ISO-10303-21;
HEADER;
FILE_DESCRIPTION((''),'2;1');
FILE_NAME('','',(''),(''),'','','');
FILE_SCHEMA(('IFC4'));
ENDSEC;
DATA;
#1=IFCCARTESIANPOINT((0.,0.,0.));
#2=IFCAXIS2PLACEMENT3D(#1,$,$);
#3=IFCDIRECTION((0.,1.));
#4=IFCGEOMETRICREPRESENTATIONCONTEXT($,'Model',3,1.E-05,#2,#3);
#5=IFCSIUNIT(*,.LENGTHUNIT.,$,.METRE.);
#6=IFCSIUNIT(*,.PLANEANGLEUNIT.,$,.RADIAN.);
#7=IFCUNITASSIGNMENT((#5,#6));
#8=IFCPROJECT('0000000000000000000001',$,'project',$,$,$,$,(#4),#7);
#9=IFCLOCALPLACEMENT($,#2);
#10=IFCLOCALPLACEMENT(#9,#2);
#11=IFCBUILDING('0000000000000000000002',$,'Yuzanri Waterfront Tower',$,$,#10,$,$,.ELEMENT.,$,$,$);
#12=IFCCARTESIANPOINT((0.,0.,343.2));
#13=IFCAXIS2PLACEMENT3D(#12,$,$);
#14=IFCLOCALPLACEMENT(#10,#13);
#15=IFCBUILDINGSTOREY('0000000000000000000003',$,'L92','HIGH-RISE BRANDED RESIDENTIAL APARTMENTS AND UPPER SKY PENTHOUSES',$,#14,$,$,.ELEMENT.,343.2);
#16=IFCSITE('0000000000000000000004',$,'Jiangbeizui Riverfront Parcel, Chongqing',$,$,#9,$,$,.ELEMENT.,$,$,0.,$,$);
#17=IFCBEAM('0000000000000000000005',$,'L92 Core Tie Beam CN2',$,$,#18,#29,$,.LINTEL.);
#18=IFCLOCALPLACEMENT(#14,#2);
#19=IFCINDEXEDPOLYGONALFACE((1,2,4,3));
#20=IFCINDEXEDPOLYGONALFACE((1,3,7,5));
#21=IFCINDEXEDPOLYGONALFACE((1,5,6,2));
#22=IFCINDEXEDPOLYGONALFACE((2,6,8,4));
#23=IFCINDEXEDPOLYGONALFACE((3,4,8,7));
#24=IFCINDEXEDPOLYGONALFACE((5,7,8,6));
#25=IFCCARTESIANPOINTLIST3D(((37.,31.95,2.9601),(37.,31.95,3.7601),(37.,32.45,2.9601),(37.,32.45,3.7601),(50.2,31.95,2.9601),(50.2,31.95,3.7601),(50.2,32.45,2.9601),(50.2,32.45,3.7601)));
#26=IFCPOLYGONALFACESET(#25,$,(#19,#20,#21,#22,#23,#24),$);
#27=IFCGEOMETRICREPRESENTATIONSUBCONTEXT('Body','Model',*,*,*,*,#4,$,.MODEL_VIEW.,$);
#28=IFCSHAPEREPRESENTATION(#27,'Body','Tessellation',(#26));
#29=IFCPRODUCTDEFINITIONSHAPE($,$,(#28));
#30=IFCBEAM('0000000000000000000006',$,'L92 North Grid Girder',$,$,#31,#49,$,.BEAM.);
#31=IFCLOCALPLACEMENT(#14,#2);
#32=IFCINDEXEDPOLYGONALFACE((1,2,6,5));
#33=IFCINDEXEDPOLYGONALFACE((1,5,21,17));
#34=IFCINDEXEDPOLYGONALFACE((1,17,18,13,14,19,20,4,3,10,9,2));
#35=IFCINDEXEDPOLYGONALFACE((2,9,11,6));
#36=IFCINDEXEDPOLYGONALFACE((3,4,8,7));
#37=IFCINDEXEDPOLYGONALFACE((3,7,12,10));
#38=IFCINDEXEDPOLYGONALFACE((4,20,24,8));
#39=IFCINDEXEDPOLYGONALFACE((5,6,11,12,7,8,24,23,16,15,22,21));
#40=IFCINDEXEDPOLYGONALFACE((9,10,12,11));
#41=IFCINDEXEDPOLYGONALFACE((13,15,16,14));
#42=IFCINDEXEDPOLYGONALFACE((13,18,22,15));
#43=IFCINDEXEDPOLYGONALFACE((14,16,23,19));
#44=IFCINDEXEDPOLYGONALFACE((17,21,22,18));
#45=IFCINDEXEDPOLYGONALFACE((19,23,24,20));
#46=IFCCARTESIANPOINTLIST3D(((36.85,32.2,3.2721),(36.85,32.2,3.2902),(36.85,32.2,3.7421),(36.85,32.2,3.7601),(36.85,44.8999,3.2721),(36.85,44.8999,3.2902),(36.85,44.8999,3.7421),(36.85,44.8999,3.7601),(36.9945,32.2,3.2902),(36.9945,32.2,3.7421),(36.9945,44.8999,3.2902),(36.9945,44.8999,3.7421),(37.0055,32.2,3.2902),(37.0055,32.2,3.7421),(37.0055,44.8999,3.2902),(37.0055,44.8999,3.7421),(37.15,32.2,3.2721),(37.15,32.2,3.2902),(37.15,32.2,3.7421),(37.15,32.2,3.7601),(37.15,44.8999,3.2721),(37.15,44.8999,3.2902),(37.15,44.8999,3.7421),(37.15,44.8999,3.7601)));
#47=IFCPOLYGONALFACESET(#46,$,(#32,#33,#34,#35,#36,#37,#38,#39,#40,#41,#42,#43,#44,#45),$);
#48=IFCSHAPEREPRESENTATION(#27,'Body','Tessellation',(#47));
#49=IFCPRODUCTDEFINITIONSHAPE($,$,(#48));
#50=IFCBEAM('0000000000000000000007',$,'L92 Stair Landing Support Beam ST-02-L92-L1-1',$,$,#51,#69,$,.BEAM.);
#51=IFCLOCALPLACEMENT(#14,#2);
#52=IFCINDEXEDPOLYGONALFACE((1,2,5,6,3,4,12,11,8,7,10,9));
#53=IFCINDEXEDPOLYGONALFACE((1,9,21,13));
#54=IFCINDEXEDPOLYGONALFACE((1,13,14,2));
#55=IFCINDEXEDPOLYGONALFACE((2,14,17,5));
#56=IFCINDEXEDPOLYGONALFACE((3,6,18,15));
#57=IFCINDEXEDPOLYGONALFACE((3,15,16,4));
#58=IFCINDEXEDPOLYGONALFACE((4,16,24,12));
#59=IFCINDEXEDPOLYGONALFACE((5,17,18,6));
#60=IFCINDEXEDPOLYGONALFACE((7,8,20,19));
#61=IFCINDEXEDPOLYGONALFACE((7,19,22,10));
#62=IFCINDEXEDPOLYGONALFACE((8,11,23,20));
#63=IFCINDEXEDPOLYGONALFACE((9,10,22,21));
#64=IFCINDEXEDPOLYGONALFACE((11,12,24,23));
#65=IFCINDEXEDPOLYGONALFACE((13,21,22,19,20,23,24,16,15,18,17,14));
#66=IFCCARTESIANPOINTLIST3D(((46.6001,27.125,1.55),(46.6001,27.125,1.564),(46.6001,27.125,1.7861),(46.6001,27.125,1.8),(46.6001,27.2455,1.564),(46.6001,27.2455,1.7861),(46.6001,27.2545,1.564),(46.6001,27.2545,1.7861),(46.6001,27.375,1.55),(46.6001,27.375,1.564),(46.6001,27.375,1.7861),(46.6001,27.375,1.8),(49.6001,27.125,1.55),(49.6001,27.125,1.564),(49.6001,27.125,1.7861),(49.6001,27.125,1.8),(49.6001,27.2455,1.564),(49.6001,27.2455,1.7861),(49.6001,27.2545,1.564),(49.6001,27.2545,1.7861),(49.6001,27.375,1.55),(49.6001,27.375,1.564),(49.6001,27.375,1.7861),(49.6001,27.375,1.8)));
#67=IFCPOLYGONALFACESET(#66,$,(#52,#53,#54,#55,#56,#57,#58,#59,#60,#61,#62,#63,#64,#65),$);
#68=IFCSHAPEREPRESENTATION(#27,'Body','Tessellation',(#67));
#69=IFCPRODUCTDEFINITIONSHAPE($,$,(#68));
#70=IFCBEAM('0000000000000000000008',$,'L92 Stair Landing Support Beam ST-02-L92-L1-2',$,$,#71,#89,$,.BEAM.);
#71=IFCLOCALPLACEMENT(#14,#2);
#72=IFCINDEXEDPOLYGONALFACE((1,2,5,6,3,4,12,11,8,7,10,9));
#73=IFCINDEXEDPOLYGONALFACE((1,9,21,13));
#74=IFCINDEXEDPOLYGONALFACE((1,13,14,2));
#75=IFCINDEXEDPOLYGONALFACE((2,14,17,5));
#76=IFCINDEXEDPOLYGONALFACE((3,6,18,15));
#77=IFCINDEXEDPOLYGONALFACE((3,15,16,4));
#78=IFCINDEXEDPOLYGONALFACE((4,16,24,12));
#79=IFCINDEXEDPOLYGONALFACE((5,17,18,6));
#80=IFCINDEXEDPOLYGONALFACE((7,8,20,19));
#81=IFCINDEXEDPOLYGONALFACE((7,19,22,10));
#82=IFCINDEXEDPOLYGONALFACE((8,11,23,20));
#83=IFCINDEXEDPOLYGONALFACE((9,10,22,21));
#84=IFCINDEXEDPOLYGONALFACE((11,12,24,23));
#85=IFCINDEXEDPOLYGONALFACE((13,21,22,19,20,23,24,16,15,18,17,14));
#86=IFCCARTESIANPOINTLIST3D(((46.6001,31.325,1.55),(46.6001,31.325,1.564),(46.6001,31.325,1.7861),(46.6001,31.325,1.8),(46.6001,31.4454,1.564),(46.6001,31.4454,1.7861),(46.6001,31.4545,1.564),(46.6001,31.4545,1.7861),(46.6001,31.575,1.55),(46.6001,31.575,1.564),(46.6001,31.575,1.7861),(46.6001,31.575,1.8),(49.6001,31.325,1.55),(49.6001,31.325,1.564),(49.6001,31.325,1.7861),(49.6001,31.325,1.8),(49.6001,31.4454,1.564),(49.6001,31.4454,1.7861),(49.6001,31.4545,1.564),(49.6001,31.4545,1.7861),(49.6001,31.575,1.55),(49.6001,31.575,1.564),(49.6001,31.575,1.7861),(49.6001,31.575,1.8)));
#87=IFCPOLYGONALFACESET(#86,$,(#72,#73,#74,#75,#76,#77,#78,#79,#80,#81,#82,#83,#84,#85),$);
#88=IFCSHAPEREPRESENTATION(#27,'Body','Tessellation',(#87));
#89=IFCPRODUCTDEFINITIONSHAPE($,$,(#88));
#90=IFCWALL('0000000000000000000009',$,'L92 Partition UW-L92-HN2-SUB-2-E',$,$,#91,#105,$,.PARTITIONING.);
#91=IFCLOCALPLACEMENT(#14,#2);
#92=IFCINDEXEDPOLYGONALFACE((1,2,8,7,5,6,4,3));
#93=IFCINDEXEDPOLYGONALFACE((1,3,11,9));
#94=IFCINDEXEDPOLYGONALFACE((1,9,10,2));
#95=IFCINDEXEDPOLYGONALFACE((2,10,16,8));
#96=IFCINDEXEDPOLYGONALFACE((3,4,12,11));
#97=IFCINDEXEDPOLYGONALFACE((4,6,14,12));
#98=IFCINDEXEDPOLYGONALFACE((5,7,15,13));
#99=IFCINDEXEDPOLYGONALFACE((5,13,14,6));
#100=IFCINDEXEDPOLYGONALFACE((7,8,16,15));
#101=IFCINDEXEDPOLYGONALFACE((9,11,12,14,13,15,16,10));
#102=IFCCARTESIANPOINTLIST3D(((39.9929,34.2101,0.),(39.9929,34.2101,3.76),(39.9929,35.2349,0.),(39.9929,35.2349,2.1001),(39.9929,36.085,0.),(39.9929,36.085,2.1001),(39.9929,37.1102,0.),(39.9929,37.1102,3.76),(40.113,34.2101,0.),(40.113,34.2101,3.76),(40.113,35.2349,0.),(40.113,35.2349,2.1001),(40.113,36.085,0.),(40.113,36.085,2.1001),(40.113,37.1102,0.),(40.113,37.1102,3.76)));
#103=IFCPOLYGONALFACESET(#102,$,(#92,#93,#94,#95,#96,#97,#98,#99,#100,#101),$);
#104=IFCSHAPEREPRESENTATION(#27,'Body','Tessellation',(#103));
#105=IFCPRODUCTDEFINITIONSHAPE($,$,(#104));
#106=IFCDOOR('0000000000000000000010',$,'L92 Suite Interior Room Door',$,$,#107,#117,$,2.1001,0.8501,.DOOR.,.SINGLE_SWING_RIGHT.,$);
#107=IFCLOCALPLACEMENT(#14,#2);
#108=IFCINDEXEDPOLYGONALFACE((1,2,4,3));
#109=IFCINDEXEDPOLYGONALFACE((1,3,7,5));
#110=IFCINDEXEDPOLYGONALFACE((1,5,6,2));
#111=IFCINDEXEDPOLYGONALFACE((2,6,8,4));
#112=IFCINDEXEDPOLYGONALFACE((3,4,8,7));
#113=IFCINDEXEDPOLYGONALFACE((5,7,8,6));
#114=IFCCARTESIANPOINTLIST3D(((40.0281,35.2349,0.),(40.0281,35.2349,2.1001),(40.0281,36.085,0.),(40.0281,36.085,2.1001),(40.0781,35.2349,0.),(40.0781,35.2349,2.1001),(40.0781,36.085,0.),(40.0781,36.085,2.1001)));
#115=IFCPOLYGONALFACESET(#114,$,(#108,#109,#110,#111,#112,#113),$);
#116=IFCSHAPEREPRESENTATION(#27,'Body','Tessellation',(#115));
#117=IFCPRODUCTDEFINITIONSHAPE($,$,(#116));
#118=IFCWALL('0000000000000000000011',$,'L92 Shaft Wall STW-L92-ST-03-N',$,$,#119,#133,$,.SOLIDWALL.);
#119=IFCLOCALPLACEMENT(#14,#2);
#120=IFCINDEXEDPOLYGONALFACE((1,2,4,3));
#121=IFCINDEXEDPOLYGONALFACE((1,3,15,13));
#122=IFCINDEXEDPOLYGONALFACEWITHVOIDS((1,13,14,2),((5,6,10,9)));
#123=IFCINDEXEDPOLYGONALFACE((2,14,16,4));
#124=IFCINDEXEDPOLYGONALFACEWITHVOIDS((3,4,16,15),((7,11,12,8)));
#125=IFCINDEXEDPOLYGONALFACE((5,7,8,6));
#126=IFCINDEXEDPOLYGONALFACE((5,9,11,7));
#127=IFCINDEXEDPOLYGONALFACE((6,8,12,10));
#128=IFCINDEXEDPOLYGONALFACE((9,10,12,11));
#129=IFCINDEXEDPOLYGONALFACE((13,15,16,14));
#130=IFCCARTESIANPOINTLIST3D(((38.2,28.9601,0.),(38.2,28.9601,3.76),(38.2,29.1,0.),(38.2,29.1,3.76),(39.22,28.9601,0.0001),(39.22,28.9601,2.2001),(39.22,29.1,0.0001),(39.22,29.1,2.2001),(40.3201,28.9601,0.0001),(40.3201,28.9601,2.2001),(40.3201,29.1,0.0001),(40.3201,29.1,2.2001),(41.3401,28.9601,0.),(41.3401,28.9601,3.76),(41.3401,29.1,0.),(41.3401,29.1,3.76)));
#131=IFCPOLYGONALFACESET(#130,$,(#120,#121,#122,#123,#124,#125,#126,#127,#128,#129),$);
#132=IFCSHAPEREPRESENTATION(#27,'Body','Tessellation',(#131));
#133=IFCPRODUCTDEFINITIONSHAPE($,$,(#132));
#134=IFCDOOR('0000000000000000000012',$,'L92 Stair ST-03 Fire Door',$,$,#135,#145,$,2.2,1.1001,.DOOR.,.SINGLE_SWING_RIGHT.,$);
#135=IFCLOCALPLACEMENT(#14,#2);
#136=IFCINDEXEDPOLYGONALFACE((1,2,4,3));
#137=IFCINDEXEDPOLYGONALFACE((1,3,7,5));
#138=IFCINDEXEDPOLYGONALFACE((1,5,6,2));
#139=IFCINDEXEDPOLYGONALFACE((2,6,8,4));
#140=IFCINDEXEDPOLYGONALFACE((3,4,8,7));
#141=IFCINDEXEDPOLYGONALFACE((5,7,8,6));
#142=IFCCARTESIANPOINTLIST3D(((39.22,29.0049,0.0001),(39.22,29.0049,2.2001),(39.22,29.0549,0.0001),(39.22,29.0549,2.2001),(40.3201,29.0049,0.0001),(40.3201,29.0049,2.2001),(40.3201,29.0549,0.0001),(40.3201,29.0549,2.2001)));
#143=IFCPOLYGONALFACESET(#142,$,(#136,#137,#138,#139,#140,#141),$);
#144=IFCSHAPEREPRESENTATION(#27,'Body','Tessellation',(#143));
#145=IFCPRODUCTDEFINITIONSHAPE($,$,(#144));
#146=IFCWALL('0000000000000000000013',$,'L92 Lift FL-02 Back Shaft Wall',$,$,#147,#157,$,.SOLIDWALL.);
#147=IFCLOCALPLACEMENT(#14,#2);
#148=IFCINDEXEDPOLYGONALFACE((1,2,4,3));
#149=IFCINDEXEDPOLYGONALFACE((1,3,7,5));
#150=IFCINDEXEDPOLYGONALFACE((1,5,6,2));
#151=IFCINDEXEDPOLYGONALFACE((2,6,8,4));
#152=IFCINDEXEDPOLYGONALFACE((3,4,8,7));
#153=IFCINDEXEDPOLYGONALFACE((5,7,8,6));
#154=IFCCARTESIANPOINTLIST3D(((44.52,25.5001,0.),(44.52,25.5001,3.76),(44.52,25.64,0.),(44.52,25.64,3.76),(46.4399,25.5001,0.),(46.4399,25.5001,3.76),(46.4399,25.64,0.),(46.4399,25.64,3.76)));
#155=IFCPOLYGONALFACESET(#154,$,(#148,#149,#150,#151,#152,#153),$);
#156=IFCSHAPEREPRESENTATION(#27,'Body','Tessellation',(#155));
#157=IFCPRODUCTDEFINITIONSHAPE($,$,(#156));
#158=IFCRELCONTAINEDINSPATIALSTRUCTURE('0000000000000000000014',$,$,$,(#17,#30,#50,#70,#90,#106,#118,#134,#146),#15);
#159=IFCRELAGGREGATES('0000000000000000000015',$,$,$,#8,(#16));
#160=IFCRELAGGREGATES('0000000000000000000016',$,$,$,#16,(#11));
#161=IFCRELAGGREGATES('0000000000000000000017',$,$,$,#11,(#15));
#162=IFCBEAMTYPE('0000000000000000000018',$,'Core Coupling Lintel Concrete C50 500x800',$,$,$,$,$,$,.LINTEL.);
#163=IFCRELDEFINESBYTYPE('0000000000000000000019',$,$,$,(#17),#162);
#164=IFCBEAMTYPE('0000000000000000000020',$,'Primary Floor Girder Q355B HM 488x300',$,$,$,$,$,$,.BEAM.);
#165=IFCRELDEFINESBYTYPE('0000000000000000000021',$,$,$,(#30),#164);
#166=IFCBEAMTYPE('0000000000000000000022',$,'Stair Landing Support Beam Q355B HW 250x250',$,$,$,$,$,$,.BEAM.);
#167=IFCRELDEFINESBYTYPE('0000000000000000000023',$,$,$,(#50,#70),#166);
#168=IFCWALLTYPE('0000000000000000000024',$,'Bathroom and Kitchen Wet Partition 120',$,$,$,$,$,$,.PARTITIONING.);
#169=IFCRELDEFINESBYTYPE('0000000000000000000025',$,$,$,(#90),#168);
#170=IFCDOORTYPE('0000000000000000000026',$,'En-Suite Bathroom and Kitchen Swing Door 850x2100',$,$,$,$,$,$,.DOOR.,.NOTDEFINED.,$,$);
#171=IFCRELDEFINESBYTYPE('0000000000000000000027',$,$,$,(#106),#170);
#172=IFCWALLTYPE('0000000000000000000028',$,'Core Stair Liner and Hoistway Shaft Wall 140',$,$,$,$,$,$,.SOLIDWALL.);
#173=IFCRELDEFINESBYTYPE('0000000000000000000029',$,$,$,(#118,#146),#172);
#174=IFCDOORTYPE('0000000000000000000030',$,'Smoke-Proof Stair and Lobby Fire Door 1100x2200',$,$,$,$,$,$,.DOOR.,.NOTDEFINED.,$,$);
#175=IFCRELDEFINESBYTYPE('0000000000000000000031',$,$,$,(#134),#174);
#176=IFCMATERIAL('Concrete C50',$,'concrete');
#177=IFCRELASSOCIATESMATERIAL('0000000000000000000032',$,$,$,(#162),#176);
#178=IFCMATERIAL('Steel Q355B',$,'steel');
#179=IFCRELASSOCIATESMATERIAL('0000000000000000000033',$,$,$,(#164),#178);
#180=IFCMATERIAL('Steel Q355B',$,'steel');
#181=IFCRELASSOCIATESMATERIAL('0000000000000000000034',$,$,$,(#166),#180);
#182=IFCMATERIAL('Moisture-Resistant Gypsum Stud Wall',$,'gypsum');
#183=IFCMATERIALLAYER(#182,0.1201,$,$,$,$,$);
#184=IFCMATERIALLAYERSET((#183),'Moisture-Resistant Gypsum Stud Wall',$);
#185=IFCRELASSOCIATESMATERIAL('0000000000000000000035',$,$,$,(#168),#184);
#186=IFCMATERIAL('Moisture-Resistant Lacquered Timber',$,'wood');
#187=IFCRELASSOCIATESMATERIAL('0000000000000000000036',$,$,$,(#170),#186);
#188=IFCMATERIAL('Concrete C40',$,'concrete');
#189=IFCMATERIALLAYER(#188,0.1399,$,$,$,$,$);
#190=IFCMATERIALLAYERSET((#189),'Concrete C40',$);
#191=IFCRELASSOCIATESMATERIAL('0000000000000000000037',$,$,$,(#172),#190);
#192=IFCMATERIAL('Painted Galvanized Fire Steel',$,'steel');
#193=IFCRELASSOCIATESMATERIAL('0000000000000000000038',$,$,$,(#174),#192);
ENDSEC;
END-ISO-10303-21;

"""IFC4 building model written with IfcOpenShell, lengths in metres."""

from ifc_helpers import new_model, si_unit, direction, frame, frame_2d, origin, origin_2d, place, context, subcontext, project, spatial, rectangle, i_section, extrude, source, transform, mapped, material, layer, layer_set, material_profile, profile_set, type_object, element, fill, save


model = new_model("IFC4")

# Units and contexts
model_context = context("Model", 3, precision=1e-05, world=origin(), true_north=direction((0.0, 1.0)))
body_context = subcontext(model_context, "Body", "Model", "MODEL_VIEW")
ifc_project = project(units=[si_unit("LENGTHUNIT", "METRE"), si_unit("PLANEANGLEUNIT", "RADIAN")], contexts=[model_context])

# Site, building, storey
site_placement = place(None, origin())
site = spatial("IfcSite", under=ifc_project, at=site_placement, Name="Jiangbeizui Riverfront Parcel, Chongqing", CompositionType="ELEMENT", RefElevation=0.0)
building_placement = place(site_placement, origin())
building = spatial("IfcBuilding", under=site, at=building_placement, Name="Yuzanri Waterfront Tower", CompositionType="ELEMENT")
storey_placement = place(building_placement, frame((0.0, 0.0, 343.2)))
storey = spatial("IfcBuildingStorey", under=building, at=storey_placement, Name="L92", Description="HIGH-RISE BRANDED RESIDENTIAL APARTMENTS AND UPPER SKY PENTHOUSES", CompositionType="ELEMENT", Elevation=343.2)

# Beams
ifc_material_1 = material(Name="Concrete C50", Category="concrete")
ifc_material_profile_1 = material_profile(ifc_material_1, rectangle(XDim=0.5, YDim=0.8, at=origin_2d()), Name="RC 500x800")
ifc_profile_set_1 = profile_set([ifc_material_profile_1], Name="Concrete C50")
beam_type_1 = type_object("IfcBeamType", Name="Core Coupling Lintel Concrete C50 500x800", PredefinedType="LINTEL", material=ifc_profile_set_1)
shared_shape_1 = source(origin(), body_context, "Body", "SweptSolid", [
    extrude(rectangle(XDim=0.5, YDim=0.8, at=origin_2d()), origin(), (0.0, 0.0, 1.0), 13.2),
])
beam_1_placement = place(storey_placement, frame((37.0, 32.2, 3.3601), z_axis=(1.0, 0.0, 0.0), x_axis=(0.0, 1.0, 0.0)))
element("IfcBeam", 1, at=beam_1_placement, inside=storey, type_object=beam_type_1, Name="L92 Core Tie Beam CN2", PredefinedType="LINTEL", context=body_context, shape_type="MappedRepresentation", body=[
    mapped(shared_shape_1, transform((0.0, 0.0, 0.0), scale=1.0)),
])
ifc_material_2 = material(Name="Steel Q355B", Category="steel")
ifc_material_profile_2 = material_profile(ifc_material_2, i_section(OverallWidth=0.3, OverallDepth=0.488, WebThickness=0.011, FlangeThickness=0.0181, at=origin_2d()), Name="HM 488x300x11x18")
ifc_profile_set_2 = profile_set([ifc_material_profile_2], Name="Steel Q355B")
beam_type_2 = type_object("IfcBeamType", Name="Primary Floor Girder Q355B HM 488x300", PredefinedType="BEAM", material=ifc_profile_set_2)
shared_shape_2 = source(origin(), body_context, "Body", "SweptSolid", [
    extrude(i_section(OverallWidth=0.3, OverallDepth=0.488, WebThickness=0.011, FlangeThickness=0.0181, at=origin_2d()), origin(), (0.0, 0.0, 1.0), 12.7),
])
beam_2_placement = place(storey_placement, frame((37.0, 32.2, 3.5161), z_axis=(0.0, 1.0, 0.0), x_axis=(-1.0, 0.0, 0.0)))
element("IfcBeam", 2, at=beam_2_placement, inside=storey, type_object=beam_type_2, Name="L92 North Grid Girder", PredefinedType="BEAM", context=body_context, shape_type="MappedRepresentation", body=[
    mapped(shared_shape_2, transform((0.0, 0.0, 0.0), scale=1.0)),
])
ifc_material_3 = material(Name="Steel Q355B", Category="steel")
ifc_material_profile_3 = material_profile(ifc_material_3, i_section(OverallWidth=0.25, OverallDepth=0.25, WebThickness=0.009, FlangeThickness=0.0139, at=origin_2d()), Name="HW 250x250x9x14")
ifc_profile_set_3 = profile_set([ifc_material_profile_3], Name="Steel Q355B")
beam_type_3 = type_object("IfcBeamType", Name="Stair Landing Support Beam Q355B HW 250x250", PredefinedType="BEAM", material=ifc_profile_set_3)
shared_shape_3 = source(origin(), body_context, "Body", "SweptSolid", [
    extrude(i_section(OverallWidth=0.25, OverallDepth=0.25, WebThickness=0.009, FlangeThickness=0.0139, at=origin_2d()), origin(), (0.0, 0.0, 1.0), 3.0),
])
for number, where, z_axis, x_axis, name in (
    (3, (46.6001, 27.25, 1.675), (1.0, 0.0, 0.0), (0.0, 1.0, 0.0), "L92 Stair Landing Support Beam ST-02-L92-L1-1"),
    (4, (46.6001, 31.45, 1.675), (1.0, 0.0, 0.0), (0.0, 1.0, 0.0), "L92 Stair Landing Support Beam ST-02-L92-L1-2"),
):
    element("IfcBeam", number, at=place(storey_placement, frame(where, z_axis=z_axis, x_axis=x_axis)), inside=storey, type_object=beam_type_3, Name=name, PredefinedType="BEAM", context=body_context, shape_type="MappedRepresentation", body=[
        mapped(shared_shape_3, transform((0.0, 0.0, 0.0), scale=1.0)),
    ])

# Walls, openings, doors
ifc_material_4 = material(Name="Moisture-Resistant Gypsum Stud Wall", Category="gypsum")
ifc_layer_1 = layer(ifc_material_4, 0.1201)
ifc_layer_set_1 = layer_set([ifc_layer_1], Name="Moisture-Resistant Gypsum Stud Wall")
wall_type_1 = type_object("IfcWallType", Name="Bathroom and Kitchen Wet Partition 120", PredefinedType="PARTITIONING", material=ifc_layer_set_1)
wall_1_placement = place(storey_placement, frame((40.053, 34.21, 0.0), z_axis=(0.0, 0.0, 1.0), x_axis=(0.0, 1.0, 0.0)))
wall_1 = element("IfcWall", 5, at=wall_1_placement, inside=storey, type_object=wall_type_1, Name="L92 Partition UW-L92-HN2-SUB-2-E", PredefinedType="PARTITIONING", context=body_context, shape_type="SweptSolid", body=[
    extrude(rectangle(XDim=2.9001, YDim=0.1201, at=frame_2d((1.4502, 0.0))), origin(), (0.0, 0.0, 1.0), 3.76),
])
opening_1_placement = place(wall_1_placement, frame((1.0249, 0.0, 0.0)))
opening_1 = element("IfcOpeningElement", 6, at=opening_1_placement, cuts=wall_1, PredefinedType="OPENING", context=body_context, shape_type="SweptSolid", body=[
    extrude(rectangle(XDim=0.8501, YDim=2.1001, at=frame_2d((0.425, 1.05))), frame((0.0, 0.075, 0.0), z_axis=(0.0, -1.0, 0.0), x_axis=(1.0, 0.0, 0.0)), (0.0, 0.0, 1.0), 0.1499),
])
ifc_material_5 = material(Name="Moisture-Resistant Lacquered Timber", Category="wood")
door_type_1 = type_object("IfcDoorType", Name="En-Suite Bathroom and Kitchen Swing Door 850x2100", OperationType="NOTDEFINED", PredefinedType="DOOR", material=ifc_material_5)
shared_shape_4 = source(origin(), body_context, "Body", "SweptSolid", [
    extrude(rectangle(XDim=0.8501, YDim=2.1001, at=frame_2d((0.425, 1.05))), frame((0.0, 0.0249, 0.0), z_axis=(0.0, -1.0, 0.0), x_axis=(1.0, 0.0, 0.0)), (0.0, 0.0, 1.0), 0.05),
])
door_1_placement = place(opening_1_placement, origin())
door_1 = element("IfcDoor", 7, at=door_1_placement, inside=storey, type_object=door_type_1, Name="L92 Suite Interior Room Door", OperationType="SINGLE_SWING_RIGHT", OverallHeight=2.1001, OverallWidth=0.8501, PredefinedType="DOOR", context=body_context, shape_type="MappedRepresentation", body=[
    mapped(shared_shape_4, transform((0.0, 0.0, 0.0), scale=1.0)),
])
fill(opening_1, door_1)
ifc_material_6 = material(Name="Concrete C40", Category="concrete")
ifc_layer_2 = layer(ifc_material_6, 0.1399)
ifc_layer_set_2 = layer_set([ifc_layer_2], Name="Concrete C40")
wall_type_2 = type_object("IfcWallType", Name="Core Stair Liner and Hoistway Shaft Wall 140", PredefinedType="SOLIDWALL", material=ifc_layer_set_2)
wall_2_placement = place(storey_placement, frame((38.2, 29.03, 0.0), z_axis=(0.0, 0.0, 1.0), x_axis=(1.0, 0.0, 0.0)))
wall_2 = element("IfcWall", 8, at=wall_2_placement, inside=storey, type_object=wall_type_2, Name="L92 Shaft Wall STW-L92-ST-03-N", PredefinedType="SOLIDWALL", context=body_context, shape_type="SweptSolid", body=[
    extrude(rectangle(XDim=3.1401, YDim=0.1399, at=frame_2d((1.5701, 0.0))), origin(), (0.0, 0.0, 1.0), 3.76),
])
opening_2_placement = place(wall_2_placement, frame((1.02, 0.0, 0.0)))
opening_2 = element("IfcOpeningElement", 9, at=opening_2_placement, cuts=wall_2, PredefinedType="OPENING", context=body_context, shape_type="SweptSolid", body=[
    extrude(rectangle(XDim=1.1001, YDim=2.2, at=frame_2d((0.55, 1.1001))), frame((0.0, 0.085, 0.0), z_axis=(0.0, -1.0, 0.0), x_axis=(1.0, 0.0, 0.0)), (0.0, 0.0, 1.0), 0.1697),
])
ifc_material_7 = material(Name="Painted Galvanized Fire Steel", Category="steel")
door_type_2 = type_object("IfcDoorType", Name="Smoke-Proof Stair and Lobby Fire Door 1100x2200", OperationType="NOTDEFINED", PredefinedType="DOOR", material=ifc_material_7)
shared_shape_5 = source(origin(), body_context, "Body", "SweptSolid", [
    extrude(rectangle(XDim=1.1001, YDim=2.2, at=frame_2d((0.55, 1.1001))), frame((0.0, 0.0249, 0.0), z_axis=(0.0, -1.0, 0.0), x_axis=(1.0, 0.0, 0.0)), (0.0, 0.0, 1.0), 0.05),
])
door_2_placement = place(opening_2_placement, origin())
door_2 = element("IfcDoor", 10, at=door_2_placement, inside=storey, type_object=door_type_2, Name="L92 Stair ST-03 Fire Door", OperationType="SINGLE_SWING_RIGHT", OverallHeight=2.2, OverallWidth=1.1001, PredefinedType="DOOR", context=body_context, shape_type="MappedRepresentation", body=[
    mapped(shared_shape_5, transform((0.0, 0.0, 0.0), scale=1.0)),
])
fill(opening_2, door_2)

# Wall
shared_shape_6 = source(origin(), body_context, "Body", "SweptSolid", [
    extrude(rectangle(XDim=1.9199, YDim=0.1399, at=frame_2d((0.96, 0.0))), origin(), (0.0, 0.0, 1.0), 3.76),
])
wall_3_placement = place(storey_placement, frame((44.52, 25.5701, 0.0), z_axis=(0.0, 0.0, 1.0), x_axis=(1.0, 0.0, 0.0)))
element("IfcWall", 11, at=wall_3_placement, inside=storey, type_object=wall_type_2, Name="L92 Lift FL-02 Back Shaft Wall", PredefinedType="SOLIDWALL", context=body_context, shape_type="MappedRepresentation", body=[
    mapped(shared_shape_6, transform((0.0, 0.0, 0.0), scale=1.0)),
])

save(model, "model.ifc")
